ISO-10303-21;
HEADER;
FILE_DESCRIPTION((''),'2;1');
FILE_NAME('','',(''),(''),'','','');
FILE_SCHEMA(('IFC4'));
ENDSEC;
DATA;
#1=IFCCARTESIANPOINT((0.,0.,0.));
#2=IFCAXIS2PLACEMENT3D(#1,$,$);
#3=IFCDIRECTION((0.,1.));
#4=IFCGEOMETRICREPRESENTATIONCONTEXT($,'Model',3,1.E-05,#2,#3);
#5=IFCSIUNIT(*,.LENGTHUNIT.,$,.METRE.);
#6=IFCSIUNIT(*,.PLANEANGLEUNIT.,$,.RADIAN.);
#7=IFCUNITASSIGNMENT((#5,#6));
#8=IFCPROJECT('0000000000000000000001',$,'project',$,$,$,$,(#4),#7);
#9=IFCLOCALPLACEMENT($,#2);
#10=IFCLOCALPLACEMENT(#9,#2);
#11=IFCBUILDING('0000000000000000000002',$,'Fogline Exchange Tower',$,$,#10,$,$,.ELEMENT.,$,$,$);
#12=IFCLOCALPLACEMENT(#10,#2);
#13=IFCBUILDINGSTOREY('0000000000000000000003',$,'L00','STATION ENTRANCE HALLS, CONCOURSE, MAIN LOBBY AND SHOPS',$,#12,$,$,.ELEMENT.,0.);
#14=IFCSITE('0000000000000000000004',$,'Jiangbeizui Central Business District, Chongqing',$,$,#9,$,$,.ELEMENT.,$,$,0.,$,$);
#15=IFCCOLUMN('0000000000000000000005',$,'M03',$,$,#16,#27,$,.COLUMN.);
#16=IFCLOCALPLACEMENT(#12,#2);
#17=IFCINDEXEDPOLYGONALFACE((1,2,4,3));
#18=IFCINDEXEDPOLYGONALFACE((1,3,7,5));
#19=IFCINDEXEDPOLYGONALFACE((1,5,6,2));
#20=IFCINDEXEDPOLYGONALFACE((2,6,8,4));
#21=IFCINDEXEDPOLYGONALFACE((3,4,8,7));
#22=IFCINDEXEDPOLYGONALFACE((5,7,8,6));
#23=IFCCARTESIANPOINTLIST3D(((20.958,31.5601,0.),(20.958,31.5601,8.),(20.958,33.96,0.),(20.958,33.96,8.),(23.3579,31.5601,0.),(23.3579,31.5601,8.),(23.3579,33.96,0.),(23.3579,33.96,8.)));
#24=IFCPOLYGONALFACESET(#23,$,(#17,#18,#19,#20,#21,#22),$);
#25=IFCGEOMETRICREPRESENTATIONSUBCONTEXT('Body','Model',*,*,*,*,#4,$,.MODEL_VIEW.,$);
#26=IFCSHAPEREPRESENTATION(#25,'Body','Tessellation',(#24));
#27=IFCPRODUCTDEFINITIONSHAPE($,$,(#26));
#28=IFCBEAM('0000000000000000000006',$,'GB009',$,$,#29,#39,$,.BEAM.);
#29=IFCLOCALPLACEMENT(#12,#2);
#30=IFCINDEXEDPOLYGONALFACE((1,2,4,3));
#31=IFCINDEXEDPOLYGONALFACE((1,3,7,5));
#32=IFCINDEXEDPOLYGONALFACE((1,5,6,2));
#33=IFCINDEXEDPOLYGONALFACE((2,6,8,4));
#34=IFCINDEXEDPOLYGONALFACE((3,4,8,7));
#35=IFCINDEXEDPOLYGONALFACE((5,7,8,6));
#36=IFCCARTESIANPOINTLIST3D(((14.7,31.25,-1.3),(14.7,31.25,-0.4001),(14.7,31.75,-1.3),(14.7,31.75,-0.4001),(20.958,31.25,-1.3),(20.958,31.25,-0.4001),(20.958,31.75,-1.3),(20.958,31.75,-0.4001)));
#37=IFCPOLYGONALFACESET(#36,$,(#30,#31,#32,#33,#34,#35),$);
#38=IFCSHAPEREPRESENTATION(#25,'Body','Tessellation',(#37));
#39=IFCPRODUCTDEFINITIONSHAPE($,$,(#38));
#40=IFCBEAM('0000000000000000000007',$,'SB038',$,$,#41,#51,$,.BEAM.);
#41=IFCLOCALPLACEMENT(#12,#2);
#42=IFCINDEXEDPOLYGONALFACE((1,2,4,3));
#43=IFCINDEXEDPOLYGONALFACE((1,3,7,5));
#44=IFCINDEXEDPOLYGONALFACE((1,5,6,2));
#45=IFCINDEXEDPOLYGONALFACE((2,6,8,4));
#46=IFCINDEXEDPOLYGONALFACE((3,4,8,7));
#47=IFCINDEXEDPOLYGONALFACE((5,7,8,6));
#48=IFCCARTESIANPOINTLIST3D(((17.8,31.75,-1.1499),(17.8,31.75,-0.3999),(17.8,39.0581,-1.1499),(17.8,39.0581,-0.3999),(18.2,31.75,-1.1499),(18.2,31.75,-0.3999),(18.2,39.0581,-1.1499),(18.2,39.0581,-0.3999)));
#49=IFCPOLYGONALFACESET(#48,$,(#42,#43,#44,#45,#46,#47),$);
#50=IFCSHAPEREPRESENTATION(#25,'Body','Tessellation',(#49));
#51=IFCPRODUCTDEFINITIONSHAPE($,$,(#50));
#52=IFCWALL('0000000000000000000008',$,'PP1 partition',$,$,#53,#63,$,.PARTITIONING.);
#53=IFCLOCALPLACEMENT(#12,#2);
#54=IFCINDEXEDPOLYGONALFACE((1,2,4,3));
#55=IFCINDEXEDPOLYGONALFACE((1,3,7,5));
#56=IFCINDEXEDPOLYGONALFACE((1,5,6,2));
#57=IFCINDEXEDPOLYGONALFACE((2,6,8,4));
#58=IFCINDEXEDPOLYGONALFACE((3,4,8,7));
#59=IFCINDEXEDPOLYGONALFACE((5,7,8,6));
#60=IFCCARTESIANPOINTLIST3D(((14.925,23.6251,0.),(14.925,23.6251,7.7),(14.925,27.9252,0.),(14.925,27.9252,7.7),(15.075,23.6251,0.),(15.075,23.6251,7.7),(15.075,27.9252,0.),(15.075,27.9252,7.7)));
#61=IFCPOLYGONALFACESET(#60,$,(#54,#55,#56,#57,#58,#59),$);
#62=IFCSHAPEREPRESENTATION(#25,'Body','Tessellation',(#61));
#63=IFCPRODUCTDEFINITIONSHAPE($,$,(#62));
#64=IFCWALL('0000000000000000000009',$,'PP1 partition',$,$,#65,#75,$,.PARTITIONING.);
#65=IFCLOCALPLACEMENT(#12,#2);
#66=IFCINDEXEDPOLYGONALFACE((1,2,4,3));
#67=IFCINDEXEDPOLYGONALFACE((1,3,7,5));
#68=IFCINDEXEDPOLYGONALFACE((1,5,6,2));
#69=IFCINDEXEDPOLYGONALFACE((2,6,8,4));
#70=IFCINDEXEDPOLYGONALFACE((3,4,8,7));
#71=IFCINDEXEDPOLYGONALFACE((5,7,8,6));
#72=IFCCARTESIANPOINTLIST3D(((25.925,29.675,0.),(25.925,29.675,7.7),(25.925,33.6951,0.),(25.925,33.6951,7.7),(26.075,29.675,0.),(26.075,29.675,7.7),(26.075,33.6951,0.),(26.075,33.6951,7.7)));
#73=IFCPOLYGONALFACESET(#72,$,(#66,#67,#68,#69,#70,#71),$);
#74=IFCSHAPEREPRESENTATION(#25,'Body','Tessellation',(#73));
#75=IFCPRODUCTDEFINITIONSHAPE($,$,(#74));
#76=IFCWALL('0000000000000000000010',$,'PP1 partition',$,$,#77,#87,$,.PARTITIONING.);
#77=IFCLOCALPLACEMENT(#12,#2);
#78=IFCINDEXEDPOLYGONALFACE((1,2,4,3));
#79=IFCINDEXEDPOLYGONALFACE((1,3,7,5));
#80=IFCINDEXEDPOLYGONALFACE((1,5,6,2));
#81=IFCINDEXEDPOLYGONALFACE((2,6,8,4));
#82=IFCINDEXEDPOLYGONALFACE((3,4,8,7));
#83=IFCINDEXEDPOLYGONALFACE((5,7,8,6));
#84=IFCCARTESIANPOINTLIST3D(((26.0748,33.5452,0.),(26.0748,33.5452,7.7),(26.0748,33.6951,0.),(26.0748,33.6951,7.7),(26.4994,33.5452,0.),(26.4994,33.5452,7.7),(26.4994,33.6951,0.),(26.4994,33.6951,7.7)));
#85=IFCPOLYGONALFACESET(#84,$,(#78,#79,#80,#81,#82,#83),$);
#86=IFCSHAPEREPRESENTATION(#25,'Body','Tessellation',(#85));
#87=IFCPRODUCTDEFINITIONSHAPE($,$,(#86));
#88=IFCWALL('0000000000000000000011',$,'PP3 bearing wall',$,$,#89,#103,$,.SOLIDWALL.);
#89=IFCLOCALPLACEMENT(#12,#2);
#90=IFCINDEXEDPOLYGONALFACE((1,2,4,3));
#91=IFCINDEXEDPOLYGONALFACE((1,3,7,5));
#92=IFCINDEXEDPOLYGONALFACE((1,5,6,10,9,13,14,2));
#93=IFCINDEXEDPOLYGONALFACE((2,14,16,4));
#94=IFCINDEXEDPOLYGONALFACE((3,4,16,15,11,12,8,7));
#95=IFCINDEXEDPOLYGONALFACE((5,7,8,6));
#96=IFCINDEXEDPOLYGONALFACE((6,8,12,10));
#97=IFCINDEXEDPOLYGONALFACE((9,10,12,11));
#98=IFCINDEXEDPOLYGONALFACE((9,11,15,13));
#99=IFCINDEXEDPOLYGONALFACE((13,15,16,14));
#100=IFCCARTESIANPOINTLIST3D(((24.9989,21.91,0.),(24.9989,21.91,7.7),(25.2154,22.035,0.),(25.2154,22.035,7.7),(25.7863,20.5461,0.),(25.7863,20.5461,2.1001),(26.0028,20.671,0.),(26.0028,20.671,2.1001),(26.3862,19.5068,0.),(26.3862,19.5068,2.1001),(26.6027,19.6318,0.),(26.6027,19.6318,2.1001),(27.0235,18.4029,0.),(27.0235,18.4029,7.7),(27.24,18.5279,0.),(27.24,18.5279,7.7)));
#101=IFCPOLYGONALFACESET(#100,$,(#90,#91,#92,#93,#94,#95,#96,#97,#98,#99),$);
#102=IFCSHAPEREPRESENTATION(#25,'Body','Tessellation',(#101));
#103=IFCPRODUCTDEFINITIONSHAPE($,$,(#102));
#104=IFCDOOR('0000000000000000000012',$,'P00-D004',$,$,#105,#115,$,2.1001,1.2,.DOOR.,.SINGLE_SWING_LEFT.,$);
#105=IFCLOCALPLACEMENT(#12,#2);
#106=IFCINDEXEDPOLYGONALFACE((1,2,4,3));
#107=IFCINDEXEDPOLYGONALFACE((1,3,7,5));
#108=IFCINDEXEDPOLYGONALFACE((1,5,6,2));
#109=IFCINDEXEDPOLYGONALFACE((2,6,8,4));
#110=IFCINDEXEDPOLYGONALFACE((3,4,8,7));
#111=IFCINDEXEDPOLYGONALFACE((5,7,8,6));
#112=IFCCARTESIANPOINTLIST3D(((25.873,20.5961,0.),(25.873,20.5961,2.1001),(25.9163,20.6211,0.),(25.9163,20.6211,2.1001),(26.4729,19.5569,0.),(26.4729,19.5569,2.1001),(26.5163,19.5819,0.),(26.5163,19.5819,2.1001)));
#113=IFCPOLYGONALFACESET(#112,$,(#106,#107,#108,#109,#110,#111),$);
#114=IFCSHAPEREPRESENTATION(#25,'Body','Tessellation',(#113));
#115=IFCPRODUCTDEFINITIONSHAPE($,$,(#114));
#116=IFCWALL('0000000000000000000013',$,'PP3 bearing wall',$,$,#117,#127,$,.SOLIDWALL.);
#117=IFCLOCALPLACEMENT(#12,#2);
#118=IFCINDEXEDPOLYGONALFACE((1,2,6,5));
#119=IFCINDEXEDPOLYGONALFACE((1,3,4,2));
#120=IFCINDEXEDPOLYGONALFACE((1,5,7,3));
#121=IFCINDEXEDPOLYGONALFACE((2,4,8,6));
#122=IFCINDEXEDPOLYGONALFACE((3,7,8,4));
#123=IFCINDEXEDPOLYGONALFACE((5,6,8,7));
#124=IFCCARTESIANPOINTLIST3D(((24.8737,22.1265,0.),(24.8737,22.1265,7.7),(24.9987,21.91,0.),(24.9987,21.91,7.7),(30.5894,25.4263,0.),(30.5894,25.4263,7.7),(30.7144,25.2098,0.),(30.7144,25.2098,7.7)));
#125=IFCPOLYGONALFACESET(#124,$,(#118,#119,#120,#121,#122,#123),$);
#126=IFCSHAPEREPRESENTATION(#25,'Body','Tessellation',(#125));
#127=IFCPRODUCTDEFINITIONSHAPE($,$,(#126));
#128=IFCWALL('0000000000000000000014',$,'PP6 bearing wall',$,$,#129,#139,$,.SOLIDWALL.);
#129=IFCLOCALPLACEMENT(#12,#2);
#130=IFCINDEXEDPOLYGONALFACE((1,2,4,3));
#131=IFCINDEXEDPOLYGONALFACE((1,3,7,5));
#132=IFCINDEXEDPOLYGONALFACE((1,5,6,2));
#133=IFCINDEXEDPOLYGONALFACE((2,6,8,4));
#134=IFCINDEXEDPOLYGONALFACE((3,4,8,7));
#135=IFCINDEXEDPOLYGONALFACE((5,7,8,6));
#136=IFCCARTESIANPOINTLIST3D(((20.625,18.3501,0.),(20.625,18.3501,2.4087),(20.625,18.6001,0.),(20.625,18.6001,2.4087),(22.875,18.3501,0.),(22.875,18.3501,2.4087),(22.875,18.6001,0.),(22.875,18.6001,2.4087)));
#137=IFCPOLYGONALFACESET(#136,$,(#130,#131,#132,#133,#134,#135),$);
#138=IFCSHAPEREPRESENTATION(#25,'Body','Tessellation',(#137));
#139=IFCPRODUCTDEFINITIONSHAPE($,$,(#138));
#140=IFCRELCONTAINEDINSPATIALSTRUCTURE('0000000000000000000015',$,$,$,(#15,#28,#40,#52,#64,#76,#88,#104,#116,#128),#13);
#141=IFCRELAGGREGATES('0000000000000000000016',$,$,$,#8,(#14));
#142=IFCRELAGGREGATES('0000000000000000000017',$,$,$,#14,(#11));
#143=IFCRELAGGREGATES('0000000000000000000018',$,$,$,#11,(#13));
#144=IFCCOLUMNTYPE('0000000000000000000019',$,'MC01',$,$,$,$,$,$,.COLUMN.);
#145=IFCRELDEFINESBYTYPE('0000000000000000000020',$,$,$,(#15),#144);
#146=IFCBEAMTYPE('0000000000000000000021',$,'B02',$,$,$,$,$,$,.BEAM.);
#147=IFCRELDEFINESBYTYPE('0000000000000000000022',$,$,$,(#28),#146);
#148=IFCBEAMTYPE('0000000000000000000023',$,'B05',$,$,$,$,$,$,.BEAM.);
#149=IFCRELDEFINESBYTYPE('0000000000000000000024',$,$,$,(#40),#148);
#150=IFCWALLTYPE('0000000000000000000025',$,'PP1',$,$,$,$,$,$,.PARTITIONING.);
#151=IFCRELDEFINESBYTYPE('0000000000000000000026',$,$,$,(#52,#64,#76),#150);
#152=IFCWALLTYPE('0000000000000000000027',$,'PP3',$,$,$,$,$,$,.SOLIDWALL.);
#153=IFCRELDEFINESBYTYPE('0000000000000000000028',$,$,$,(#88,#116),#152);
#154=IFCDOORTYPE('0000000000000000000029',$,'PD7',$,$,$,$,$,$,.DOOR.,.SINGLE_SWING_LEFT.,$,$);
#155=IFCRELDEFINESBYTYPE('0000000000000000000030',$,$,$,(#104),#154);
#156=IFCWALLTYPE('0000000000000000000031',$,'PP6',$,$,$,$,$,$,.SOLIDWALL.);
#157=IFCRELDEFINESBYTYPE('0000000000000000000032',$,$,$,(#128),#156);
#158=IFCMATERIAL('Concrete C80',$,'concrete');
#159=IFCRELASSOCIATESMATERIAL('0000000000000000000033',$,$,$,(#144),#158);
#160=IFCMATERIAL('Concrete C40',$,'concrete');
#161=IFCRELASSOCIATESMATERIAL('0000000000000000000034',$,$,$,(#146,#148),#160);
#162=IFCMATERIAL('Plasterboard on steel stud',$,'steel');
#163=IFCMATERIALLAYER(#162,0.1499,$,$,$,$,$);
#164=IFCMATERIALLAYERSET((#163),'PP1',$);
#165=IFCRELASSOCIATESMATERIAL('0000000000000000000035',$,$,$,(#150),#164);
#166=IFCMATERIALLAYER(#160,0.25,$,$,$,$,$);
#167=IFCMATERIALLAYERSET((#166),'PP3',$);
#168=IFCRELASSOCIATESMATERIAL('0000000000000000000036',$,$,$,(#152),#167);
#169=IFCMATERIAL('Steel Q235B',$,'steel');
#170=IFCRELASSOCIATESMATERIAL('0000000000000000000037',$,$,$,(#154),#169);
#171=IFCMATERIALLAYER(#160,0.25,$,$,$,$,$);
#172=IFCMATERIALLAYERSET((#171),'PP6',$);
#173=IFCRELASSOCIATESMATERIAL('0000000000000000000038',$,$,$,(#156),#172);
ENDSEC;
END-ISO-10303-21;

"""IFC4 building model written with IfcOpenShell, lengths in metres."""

from ifc_helpers import new_model, si_unit, direction, frame, frame_2d, origin, origin_2d, place, context, subcontext, project, spatial, rectangle, extrude, material, layer, layer_set, material_profile, profile_set, type_object, element, fill, save


model = new_model("IFC4")

# Units and contexts
model_context = context("Model", 3, precision=1e-05, world=origin(), true_north=direction((0.0, 1.0)))
body_context = subcontext(model_context, "Body", "Model", "MODEL_VIEW")
ifc_project = project(units=[si_unit("LENGTHUNIT", "METRE"), si_unit("PLANEANGLEUNIT", "RADIAN")], contexts=[model_context])

# Site, building, storey
site_placement = place(None, origin())
site = spatial("IfcSite", under=ifc_project, at=site_placement, Name="Jiangbeizui Central Business District, Chongqing", CompositionType="ELEMENT", RefElevation=0.0)
building_placement = place(site_placement, origin())
building = spatial("IfcBuilding", under=site, at=building_placement, Name="Fogline Exchange Tower", CompositionType="ELEMENT")
storey_placement = place(building_placement, origin())
storey = spatial("IfcBuildingStorey", under=building, at=storey_placement, Name="L00", Description="STATION ENTRANCE HALLS, CONCOURSE, MAIN LOBBY AND SHOPS", CompositionType="ELEMENT", Elevation=0.0)

# Column
ifc_material_1 = material(Name="Concrete C80", Category="concrete")
ifc_material_profile_1 = material_profile(ifc_material_1, rectangle(XDim=2.3999, YDim=2.3999, at=origin_2d()), Name="RC 2400x2400")
ifc_profile_set_1 = profile_set([ifc_material_profile_1], Name="Concrete C80")
column_type = type_object("IfcColumnType", Name="MC01", PredefinedType="COLUMN", material=ifc_profile_set_1)
column_placement = place(storey_placement, frame((22.158, 32.76, 0.0), z_axis=(0.0, 0.0, 1.0), x_axis=(1.0, 0.0, 0.0)))
element("IfcColumn", 1, at=column_placement, inside=storey, type_object=column_type, Name="M03", PredefinedType="COLUMN", context=body_context, shape_type="SweptSolid", body=[
    extrude(rectangle(XDim=2.3999, YDim=2.3999, at=origin_2d()), origin(), (0.0, 0.0, 1.0), 8.0),
])

# Beams
ifc_material_2 = material(Name="Concrete C40", Category="concrete")
ifc_material_profile_2 = material_profile(ifc_material_2, rectangle(XDim=0.5, YDim=0.8999, at=origin_2d()), Name="RC 500x900")
ifc_profile_set_2 = profile_set([ifc_material_profile_2], Name="Concrete C40")
beam_type_1 = type_object("IfcBeamType", Name="B02", PredefinedType="BEAM", material=ifc_profile_set_2)
beam_1_placement = place(storey_placement, frame((14.7, 31.5, -0.8501), z_axis=(1.0, 0.0, 0.0), x_axis=(0.0, 1.0, 0.0)))
element("IfcBeam", 2, at=beam_1_placement, inside=storey, type_object=beam_type_1, Name="GB009", PredefinedType="BEAM", context=body_context, shape_type="SweptSolid", body=[
    extrude(rectangle(XDim=0.5, YDim=0.8999, at=origin_2d()), origin(), (0.0, 0.0, 1.0), 6.2581),
])
ifc_material_profile_3 = material_profile(ifc_material_2, rectangle(XDim=0.3999, YDim=0.75, at=origin_2d()), Name="RC 400x750")
ifc_profile_set_3 = profile_set([ifc_material_profile_3], Name="Concrete C40")
beam_type_2 = type_object("IfcBeamType", Name="B05", PredefinedType="BEAM", material=ifc_profile_set_3)
beam_2_placement = place(storey_placement, frame((18.0, 31.75, -0.7749), z_axis=(0.0, 1.0, 0.0), x_axis=(-1.0, 0.0, 0.0)))
element("IfcBeam", 3, at=beam_2_placement, inside=storey, type_object=beam_type_2, Name="SB038", PredefinedType="BEAM", context=body_context, shape_type="SweptSolid", body=[
    extrude(rectangle(XDim=0.3999, YDim=0.75, at=origin_2d()), origin(), (0.0, 0.0, 1.0), 7.3081),
])

# Walls
ifc_material_3 = material(Name="Plasterboard on steel stud", Category="steel")
ifc_layer_1 = layer(ifc_material_3, 0.1499)
ifc_layer_set_1 = layer_set([ifc_layer_1], Name="PP1")
wall_type_1 = type_object("IfcWallType", Name="PP1", PredefinedType="PARTITIONING", material=ifc_layer_set_1)
wall_1_placement = place(storey_placement, frame((15.0, 27.925, 0.0), z_axis=(0.0, 0.0, 1.0), x_axis=(0.0, -1.0, 0.0)))
element("IfcWall", 4, at=wall_1_placement, inside=storey, type_object=wall_type_1, Name="PP1 partition", PredefinedType="PARTITIONING", context=body_context, shape_type="SweptSolid", body=[
    extrude(rectangle(XDim=4.3, YDim=0.1499, at=frame_2d((2.1499, 0.0))), origin(), (0.0, 0.0, 1.0), 7.7),
])
wall_2_placement = place(storey_placement, frame((26.0, 29.675, 0.0), z_axis=(0.0, 0.0, 1.0), x_axis=(0.0, 1.0, 0.0)))
element("IfcWall", 5, at=wall_2_placement, inside=storey, type_object=wall_type_1, Name="PP1 partition", PredefinedType="PARTITIONING", context=body_context, shape_type="SweptSolid", body=[
    extrude(rectangle(XDim=4.02, YDim=0.1499, at=frame_2d((2.01, 0.0))), origin(), (0.0, 0.0, 1.0), 7.7),
])
wall_3_placement = place(storey_placement, frame((26.4995, 33.6201, 0.0), z_axis=(0.0, 0.0, 1.0), x_axis=(-1.0, 0.0, 0.0)))
element("IfcWall", 6, at=wall_3_placement, inside=storey, type_object=wall_type_1, Name="PP1 partition", PredefinedType="PARTITIONING", context=body_context, shape_type="SweptSolid", body=[
    extrude(rectangle(XDim=0.4246, YDim=0.1499, at=frame_2d((0.2124, 0.0))), origin(), (0.0, 0.0, 1.0), 7.7),
])

# Wall, opening, door
ifc_layer_2 = layer(ifc_material_2, 0.25)
ifc_layer_set_2 = layer_set([ifc_layer_2], Name="PP3")
wall_type_2 = type_object("IfcWallType", Name="PP3", PredefinedType="SOLIDWALL", material=ifc_layer_set_2)
wall_4_placement = place(storey_placement, frame((27.1318, 18.4653, 0.0), z_axis=(0.0, 0.0, 1.0), x_axis=(-0.499971, 0.866042, 0.0)))
wall_4 = element("IfcWall", 7, at=wall_4_placement, inside=storey, type_object=wall_type_2, Name="PP3 bearing wall", PredefinedType="SOLIDWALL", context=body_context, shape_type="SweptSolid", body=[
    extrude(rectangle(XDim=4.0496, YDim=0.25, at=frame_2d((2.0249, 0.0))), origin(), (0.0, 0.0, 1.0), 7.7),
])
opening_placement = place(wall_4_placement, frame((1.2747, 0.0, 0.0)))
opening = element("IfcOpeningElement", 8, at=opening_placement, cuts=wall_4, PredefinedType="OPENING", context=body_context, shape_type="SweptSolid", body=[
    extrude(rectangle(XDim=1.2, YDim=2.1001, at=frame_2d((0.6001, 1.05))), frame((0.0, 0.135, 0.0), z_axis=(0.0, -1.0, 0.0), x_axis=(1.0, 0.0, 0.0)), (0.0, 0.0, 1.0), 0.27),
])
ifc_material_4 = material(Name="Steel Q235B", Category="steel")
door_type = type_object("IfcDoorType", Name="PD7", OperationType="SINGLE_SWING_LEFT", PredefinedType="DOOR", material=ifc_material_4)
door_placement = place(opening_placement, origin())
door = element("IfcDoor", 9, at=door_placement, inside=storey, type_object=door_type, Name="P00-D004", OperationType="SINGLE_SWING_LEFT", OverallHeight=2.1001, OverallWidth=1.2, PredefinedType="DOOR", context=body_context, shape_type="SweptSolid", body=[
    extrude(rectangle(XDim=1.2, YDim=2.1001, at=frame_2d((0.6001, 1.05))), frame((0.0, 0.0249, 0.0), z_axis=(0.0, -1.0, 0.0), x_axis=(1.0, 0.0, 0.0)), (0.0, 0.0, 1.0), 0.05),
])
fill(opening, door)

# Walls
wall_5_placement = place(storey_placement, frame((24.9363, 22.0183, 0.0), z_axis=(0.0, 0.0, 1.0), x_axis=(0.86604, 0.499974, 0.0)))
element("IfcWall", 10, at=wall_5_placement, inside=storey, type_object=wall_type_2, Name="PP3 bearing wall", PredefinedType="SOLIDWALL", context=body_context, shape_type="SweptSolid", body=[
    extrude(rectangle(XDim=6.5999, YDim=0.25, at=frame_2d((3.2998, 0.0))), origin(), (0.0, 0.0, 1.0), 7.7),
])
ifc_layer_3 = layer(ifc_material_2, 0.25)
ifc_layer_set_3 = layer_set([ifc_layer_3], Name="PP6")
wall_type_3 = type_object("IfcWallType", Name="PP6", PredefinedType="SOLIDWALL", material=ifc_layer_set_3)
wall_6_placement = place(storey_placement, frame((22.875, 18.4751, 0.0), z_axis=(0.0, 0.0, 1.0), x_axis=(-1.0, 0.0, 0.0)))
element("IfcWall", 11, at=wall_6_placement, inside=storey, type_object=wall_type_3, Name="PP6 bearing wall", PredefinedType="SOLIDWALL", context=body_context, shape_type="SweptSolid", body=[
    extrude(rectangle(XDim=2.25, YDim=0.25, at=frame_2d((1.125, 0.0))), origin(), (0.0, 0.0, 1.0), 2.4087),
])

save(model, "model.ifc")
